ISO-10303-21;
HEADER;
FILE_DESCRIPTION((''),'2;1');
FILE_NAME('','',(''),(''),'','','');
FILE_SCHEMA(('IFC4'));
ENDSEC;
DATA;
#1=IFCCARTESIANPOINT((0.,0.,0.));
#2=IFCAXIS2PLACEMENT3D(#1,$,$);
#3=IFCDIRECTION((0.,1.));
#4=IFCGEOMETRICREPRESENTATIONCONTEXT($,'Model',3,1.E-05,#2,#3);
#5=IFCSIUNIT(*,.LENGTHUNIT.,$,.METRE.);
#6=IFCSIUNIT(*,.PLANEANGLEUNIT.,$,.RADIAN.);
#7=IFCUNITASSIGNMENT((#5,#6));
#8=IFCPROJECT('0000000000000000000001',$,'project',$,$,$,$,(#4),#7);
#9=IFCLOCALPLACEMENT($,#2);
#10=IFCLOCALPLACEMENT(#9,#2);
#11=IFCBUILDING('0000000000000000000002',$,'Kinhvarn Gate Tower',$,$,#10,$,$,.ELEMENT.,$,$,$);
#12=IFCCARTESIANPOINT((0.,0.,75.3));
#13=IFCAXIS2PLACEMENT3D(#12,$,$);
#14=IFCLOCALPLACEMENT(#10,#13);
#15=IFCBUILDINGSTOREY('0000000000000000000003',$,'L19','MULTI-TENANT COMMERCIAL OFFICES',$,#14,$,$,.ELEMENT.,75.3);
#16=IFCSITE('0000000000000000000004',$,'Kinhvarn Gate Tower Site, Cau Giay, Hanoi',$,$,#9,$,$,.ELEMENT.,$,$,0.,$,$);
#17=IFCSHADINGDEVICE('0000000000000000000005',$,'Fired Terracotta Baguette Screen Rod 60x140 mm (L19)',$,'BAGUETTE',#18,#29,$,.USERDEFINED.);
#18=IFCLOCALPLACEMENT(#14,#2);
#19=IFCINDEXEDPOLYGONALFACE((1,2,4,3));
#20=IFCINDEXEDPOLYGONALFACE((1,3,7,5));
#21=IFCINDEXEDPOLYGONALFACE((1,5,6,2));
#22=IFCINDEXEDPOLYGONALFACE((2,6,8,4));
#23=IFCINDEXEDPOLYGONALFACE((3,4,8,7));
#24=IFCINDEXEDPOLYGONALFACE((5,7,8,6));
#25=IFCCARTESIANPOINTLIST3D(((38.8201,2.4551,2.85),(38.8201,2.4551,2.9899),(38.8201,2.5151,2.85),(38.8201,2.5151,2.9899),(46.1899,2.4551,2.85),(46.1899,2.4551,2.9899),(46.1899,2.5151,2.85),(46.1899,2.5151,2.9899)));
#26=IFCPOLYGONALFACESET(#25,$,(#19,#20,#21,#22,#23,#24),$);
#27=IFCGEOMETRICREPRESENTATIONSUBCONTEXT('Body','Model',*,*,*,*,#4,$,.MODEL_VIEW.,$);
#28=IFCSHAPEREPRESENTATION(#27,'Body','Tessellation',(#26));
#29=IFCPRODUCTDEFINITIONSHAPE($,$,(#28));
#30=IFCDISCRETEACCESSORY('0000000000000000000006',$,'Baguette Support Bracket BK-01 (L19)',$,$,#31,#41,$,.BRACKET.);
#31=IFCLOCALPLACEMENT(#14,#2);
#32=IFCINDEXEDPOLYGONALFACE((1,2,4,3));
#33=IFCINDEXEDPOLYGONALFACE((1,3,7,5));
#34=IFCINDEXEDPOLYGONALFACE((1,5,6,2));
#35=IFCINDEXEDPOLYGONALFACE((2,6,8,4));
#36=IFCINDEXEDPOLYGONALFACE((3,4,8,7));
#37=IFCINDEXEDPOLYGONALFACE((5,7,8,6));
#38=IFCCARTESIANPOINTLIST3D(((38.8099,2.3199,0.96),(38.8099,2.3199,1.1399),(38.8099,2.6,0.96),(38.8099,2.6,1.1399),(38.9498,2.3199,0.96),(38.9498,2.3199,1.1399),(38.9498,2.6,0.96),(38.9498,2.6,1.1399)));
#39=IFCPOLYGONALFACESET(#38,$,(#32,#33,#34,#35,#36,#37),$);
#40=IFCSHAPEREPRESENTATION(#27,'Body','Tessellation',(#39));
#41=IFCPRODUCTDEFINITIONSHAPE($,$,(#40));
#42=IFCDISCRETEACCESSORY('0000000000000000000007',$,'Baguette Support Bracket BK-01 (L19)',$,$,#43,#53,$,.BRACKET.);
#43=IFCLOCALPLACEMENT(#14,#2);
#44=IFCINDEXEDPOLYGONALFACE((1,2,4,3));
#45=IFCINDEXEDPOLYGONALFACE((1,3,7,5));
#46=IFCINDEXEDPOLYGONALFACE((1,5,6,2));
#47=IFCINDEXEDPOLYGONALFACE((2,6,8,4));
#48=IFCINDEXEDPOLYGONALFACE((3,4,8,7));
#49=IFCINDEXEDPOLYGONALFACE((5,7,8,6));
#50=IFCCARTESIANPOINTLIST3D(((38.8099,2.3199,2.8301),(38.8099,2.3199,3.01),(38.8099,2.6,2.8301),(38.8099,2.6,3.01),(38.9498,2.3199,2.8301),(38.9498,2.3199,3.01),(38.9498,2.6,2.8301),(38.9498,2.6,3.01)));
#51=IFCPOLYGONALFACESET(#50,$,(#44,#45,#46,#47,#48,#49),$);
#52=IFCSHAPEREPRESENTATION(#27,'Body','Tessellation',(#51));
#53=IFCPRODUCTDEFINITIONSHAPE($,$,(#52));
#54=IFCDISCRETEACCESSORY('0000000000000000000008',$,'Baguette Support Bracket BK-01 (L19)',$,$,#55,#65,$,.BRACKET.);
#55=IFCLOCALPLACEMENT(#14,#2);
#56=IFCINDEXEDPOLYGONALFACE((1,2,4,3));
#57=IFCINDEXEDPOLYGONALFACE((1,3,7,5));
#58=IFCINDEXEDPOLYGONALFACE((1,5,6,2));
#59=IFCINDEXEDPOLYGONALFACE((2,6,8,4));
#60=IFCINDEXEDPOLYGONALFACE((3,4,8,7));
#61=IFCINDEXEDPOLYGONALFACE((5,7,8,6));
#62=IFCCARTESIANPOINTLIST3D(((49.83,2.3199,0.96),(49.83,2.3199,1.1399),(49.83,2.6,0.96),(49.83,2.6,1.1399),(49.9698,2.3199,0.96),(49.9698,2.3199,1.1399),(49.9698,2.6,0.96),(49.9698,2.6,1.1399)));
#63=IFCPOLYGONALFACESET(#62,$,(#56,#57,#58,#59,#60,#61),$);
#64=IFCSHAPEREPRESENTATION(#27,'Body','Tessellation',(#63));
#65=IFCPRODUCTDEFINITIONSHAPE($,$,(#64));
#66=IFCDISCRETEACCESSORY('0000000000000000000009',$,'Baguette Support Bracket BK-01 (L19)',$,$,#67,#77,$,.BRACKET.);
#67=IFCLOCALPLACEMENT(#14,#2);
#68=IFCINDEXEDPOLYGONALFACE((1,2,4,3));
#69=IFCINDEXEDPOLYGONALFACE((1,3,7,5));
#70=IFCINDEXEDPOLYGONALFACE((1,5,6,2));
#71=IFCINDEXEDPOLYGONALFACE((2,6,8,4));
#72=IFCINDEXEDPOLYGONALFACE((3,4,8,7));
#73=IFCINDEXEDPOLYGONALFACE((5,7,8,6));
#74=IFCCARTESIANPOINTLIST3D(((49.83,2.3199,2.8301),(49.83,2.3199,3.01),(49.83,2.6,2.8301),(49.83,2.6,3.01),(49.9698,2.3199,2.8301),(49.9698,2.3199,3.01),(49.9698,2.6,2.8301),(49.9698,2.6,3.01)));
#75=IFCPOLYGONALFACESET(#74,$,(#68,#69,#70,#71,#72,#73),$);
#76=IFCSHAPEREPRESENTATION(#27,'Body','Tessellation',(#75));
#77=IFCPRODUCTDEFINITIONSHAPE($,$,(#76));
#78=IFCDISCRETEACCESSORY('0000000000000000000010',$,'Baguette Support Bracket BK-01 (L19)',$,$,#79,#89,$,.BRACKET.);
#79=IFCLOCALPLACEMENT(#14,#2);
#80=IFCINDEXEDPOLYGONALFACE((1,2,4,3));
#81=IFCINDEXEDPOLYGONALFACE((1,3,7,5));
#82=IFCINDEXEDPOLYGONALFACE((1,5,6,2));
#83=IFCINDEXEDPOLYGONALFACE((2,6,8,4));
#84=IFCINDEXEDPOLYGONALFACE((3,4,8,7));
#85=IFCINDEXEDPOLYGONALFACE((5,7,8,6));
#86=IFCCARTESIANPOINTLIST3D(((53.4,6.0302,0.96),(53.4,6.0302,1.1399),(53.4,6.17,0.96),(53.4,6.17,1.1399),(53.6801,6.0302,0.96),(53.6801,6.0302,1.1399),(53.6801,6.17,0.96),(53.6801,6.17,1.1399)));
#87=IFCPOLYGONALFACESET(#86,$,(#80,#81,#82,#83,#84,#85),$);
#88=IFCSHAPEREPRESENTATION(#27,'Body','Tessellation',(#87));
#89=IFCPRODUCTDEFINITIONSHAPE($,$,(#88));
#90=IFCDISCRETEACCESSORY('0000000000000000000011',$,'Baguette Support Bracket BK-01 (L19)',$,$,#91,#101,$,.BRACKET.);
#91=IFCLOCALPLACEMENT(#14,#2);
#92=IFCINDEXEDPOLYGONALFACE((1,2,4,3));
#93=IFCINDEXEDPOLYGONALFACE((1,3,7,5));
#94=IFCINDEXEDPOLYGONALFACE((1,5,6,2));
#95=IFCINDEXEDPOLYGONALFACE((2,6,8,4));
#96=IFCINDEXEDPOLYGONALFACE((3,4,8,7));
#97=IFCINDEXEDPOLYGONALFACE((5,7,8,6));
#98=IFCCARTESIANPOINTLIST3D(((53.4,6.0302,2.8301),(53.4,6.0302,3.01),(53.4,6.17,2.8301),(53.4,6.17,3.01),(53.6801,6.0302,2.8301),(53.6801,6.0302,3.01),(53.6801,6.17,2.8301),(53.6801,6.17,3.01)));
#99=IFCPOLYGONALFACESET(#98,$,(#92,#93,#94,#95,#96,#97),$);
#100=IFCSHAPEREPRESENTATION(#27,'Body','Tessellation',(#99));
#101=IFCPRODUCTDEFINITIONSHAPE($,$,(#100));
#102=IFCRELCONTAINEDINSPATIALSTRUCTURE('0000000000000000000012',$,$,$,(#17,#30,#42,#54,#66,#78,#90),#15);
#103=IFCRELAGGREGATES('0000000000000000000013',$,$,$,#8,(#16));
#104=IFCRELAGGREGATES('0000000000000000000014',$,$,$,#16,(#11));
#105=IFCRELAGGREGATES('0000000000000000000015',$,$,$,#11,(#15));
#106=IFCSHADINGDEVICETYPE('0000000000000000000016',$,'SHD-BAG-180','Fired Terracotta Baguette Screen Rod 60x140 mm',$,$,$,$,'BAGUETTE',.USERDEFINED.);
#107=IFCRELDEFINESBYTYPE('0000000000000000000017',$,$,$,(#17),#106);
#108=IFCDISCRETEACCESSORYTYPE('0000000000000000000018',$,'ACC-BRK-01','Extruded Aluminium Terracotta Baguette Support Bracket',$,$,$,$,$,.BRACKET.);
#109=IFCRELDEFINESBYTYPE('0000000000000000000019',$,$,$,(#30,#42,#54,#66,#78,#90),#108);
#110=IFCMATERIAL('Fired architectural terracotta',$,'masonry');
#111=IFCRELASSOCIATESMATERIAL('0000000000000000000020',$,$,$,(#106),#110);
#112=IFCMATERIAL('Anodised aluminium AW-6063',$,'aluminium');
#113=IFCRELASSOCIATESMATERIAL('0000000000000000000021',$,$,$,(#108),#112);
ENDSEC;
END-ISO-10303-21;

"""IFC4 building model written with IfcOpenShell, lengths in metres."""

from ifc_helpers import new_model, si_unit, direction, frame, origin, origin_2d, place, context, subcontext, project, spatial, rectangle, extrude, material, material_profile, profile_set, type_object, element, save


model = new_model("IFC4")

# Units and contexts
model_context = context("Model", 3, precision=1e-05, world=origin(), true_north=direction((0.0, 1.0)))
body_context = subcontext(model_context, "Body", "Model", "MODEL_VIEW")
ifc_project = project(units=[si_unit("LENGTHUNIT", "METRE"), si_unit("PLANEANGLEUNIT", "RADIAN")], contexts=[model_context])

# Site, building, storey
site_placement = place(None, origin())
site = spatial("IfcSite", under=ifc_project, at=site_placement, Name="Kinhvarn Gate Tower Site, Cau Giay, Hanoi", CompositionType="ELEMENT", RefElevation=0.0)
building_placement = place(site_placement, origin())
building = spatial("IfcBuilding", under=site, at=building_placement, Name="Kinhvarn Gate Tower", CompositionType="ELEMENT")
storey_placement = place(building_placement, frame((0.0, 0.0, 75.3)))
storey = spatial("IfcBuildingStorey", under=building, at=storey_placement, Name="L19", Description="MULTI-TENANT COMMERCIAL OFFICES", CompositionType="ELEMENT", Elevation=75.3)

# Shared definitions
ifc_material_1 = material(Name="Anodised aluminium AW-6063", Category="aluminium")

# Shared definitions
ifc_material_2 = material(Name="Fired architectural terracotta", Category="masonry")

# Shading device
ifc_material_profile_1 = material_profile(ifc_material_2, rectangle(XDim=0.0601, YDim=0.1399, at=origin_2d()), Name="TC 60x140")
ifc_profile_set_1 = profile_set([ifc_material_profile_1], Name="Fired architectural terracotta")
shading_device_type = type_object("IfcShadingDeviceType", Name="SHD-BAG-180", Description="Fired Terracotta Baguette Screen Rod 60x140 mm", ElementType="BAGUETTE", PredefinedType="USERDEFINED", material=ifc_profile_set_1)
for number, where, z_axis, x_axis, name in (
    (1, (38.8201, 2.4851, 2.9199), (1.0, 0.0, 0.0), (0.0, 1.0, 0.0), "Fired Terracotta Baguette Screen Rod 60x140 mm (L19)"),
):
    element("IfcShadingDevice", number, at=place(storey_placement, frame(where, z_axis=z_axis, x_axis=x_axis)), inside=storey, type_object=shading_device_type, Name=name, ObjectType="BAGUETTE", PredefinedType="USERDEFINED", context=body_context, shape_type="SweptSolid", body=[
        extrude(rectangle(XDim=0.0601, YDim=0.1399, at=origin_2d()), origin(), (0.0, 0.0, 1.0), 7.3699),
    ])

# Discrete accessories
discrete_accessory_type = type_object("IfcDiscreteAccessoryType", Name="ACC-BRK-01", Description="Extruded Aluminium Terracotta Baguette Support Bracket", PredefinedType="BRACKET", material=ifc_material_1)
for number, where, z_axis, x_axis, name in (
    (2, (38.8799, 2.46, 0.96), (0.0, 0.0, 1.0), (1.0, 0.0, 0.0), "Baguette Support Bracket BK-01 (L19)"),
    (3, (38.8799, 2.46, 2.8301), (0.0, 0.0, 1.0), (1.0, 0.0, 0.0), "Baguette Support Bracket BK-01 (L19)"),
    (4, (49.8999, 2.46, 0.96), (0.0, 0.0, 1.0), (1.0, 0.0, 0.0), "Baguette Support Bracket BK-01 (L19)"),
    (5, (49.8999, 2.46, 2.8301), (0.0, 0.0, 1.0), (1.0, 0.0, 0.0), "Baguette Support Bracket BK-01 (L19)"),
    (6, (53.54, 6.1001, 0.96), (0.0, 0.0, 1.0), (0.0, 1.0, 0.0), "Baguette Support Bracket BK-01 (L19)"),
    (7, (53.54, 6.1001, 2.8301), (0.0, 0.0, 1.0), (0.0, 1.0, 0.0), "Baguette Support Bracket BK-01 (L19)"),
):
    element("IfcDiscreteAccessory", number, at=place(storey_placement, frame(where, z_axis=z_axis, x_axis=x_axis)), inside=storey, type_object=discrete_accessory_type, Name=name, PredefinedType="BRACKET", context=body_context, shape_type="SweptSolid", body=[
        extrude(rectangle(XDim=0.1399, YDim=0.28, at=origin_2d()), origin(), (0.0, 0.0, 1.0), 0.1799),
    ])

save(model, "model.ifc")
